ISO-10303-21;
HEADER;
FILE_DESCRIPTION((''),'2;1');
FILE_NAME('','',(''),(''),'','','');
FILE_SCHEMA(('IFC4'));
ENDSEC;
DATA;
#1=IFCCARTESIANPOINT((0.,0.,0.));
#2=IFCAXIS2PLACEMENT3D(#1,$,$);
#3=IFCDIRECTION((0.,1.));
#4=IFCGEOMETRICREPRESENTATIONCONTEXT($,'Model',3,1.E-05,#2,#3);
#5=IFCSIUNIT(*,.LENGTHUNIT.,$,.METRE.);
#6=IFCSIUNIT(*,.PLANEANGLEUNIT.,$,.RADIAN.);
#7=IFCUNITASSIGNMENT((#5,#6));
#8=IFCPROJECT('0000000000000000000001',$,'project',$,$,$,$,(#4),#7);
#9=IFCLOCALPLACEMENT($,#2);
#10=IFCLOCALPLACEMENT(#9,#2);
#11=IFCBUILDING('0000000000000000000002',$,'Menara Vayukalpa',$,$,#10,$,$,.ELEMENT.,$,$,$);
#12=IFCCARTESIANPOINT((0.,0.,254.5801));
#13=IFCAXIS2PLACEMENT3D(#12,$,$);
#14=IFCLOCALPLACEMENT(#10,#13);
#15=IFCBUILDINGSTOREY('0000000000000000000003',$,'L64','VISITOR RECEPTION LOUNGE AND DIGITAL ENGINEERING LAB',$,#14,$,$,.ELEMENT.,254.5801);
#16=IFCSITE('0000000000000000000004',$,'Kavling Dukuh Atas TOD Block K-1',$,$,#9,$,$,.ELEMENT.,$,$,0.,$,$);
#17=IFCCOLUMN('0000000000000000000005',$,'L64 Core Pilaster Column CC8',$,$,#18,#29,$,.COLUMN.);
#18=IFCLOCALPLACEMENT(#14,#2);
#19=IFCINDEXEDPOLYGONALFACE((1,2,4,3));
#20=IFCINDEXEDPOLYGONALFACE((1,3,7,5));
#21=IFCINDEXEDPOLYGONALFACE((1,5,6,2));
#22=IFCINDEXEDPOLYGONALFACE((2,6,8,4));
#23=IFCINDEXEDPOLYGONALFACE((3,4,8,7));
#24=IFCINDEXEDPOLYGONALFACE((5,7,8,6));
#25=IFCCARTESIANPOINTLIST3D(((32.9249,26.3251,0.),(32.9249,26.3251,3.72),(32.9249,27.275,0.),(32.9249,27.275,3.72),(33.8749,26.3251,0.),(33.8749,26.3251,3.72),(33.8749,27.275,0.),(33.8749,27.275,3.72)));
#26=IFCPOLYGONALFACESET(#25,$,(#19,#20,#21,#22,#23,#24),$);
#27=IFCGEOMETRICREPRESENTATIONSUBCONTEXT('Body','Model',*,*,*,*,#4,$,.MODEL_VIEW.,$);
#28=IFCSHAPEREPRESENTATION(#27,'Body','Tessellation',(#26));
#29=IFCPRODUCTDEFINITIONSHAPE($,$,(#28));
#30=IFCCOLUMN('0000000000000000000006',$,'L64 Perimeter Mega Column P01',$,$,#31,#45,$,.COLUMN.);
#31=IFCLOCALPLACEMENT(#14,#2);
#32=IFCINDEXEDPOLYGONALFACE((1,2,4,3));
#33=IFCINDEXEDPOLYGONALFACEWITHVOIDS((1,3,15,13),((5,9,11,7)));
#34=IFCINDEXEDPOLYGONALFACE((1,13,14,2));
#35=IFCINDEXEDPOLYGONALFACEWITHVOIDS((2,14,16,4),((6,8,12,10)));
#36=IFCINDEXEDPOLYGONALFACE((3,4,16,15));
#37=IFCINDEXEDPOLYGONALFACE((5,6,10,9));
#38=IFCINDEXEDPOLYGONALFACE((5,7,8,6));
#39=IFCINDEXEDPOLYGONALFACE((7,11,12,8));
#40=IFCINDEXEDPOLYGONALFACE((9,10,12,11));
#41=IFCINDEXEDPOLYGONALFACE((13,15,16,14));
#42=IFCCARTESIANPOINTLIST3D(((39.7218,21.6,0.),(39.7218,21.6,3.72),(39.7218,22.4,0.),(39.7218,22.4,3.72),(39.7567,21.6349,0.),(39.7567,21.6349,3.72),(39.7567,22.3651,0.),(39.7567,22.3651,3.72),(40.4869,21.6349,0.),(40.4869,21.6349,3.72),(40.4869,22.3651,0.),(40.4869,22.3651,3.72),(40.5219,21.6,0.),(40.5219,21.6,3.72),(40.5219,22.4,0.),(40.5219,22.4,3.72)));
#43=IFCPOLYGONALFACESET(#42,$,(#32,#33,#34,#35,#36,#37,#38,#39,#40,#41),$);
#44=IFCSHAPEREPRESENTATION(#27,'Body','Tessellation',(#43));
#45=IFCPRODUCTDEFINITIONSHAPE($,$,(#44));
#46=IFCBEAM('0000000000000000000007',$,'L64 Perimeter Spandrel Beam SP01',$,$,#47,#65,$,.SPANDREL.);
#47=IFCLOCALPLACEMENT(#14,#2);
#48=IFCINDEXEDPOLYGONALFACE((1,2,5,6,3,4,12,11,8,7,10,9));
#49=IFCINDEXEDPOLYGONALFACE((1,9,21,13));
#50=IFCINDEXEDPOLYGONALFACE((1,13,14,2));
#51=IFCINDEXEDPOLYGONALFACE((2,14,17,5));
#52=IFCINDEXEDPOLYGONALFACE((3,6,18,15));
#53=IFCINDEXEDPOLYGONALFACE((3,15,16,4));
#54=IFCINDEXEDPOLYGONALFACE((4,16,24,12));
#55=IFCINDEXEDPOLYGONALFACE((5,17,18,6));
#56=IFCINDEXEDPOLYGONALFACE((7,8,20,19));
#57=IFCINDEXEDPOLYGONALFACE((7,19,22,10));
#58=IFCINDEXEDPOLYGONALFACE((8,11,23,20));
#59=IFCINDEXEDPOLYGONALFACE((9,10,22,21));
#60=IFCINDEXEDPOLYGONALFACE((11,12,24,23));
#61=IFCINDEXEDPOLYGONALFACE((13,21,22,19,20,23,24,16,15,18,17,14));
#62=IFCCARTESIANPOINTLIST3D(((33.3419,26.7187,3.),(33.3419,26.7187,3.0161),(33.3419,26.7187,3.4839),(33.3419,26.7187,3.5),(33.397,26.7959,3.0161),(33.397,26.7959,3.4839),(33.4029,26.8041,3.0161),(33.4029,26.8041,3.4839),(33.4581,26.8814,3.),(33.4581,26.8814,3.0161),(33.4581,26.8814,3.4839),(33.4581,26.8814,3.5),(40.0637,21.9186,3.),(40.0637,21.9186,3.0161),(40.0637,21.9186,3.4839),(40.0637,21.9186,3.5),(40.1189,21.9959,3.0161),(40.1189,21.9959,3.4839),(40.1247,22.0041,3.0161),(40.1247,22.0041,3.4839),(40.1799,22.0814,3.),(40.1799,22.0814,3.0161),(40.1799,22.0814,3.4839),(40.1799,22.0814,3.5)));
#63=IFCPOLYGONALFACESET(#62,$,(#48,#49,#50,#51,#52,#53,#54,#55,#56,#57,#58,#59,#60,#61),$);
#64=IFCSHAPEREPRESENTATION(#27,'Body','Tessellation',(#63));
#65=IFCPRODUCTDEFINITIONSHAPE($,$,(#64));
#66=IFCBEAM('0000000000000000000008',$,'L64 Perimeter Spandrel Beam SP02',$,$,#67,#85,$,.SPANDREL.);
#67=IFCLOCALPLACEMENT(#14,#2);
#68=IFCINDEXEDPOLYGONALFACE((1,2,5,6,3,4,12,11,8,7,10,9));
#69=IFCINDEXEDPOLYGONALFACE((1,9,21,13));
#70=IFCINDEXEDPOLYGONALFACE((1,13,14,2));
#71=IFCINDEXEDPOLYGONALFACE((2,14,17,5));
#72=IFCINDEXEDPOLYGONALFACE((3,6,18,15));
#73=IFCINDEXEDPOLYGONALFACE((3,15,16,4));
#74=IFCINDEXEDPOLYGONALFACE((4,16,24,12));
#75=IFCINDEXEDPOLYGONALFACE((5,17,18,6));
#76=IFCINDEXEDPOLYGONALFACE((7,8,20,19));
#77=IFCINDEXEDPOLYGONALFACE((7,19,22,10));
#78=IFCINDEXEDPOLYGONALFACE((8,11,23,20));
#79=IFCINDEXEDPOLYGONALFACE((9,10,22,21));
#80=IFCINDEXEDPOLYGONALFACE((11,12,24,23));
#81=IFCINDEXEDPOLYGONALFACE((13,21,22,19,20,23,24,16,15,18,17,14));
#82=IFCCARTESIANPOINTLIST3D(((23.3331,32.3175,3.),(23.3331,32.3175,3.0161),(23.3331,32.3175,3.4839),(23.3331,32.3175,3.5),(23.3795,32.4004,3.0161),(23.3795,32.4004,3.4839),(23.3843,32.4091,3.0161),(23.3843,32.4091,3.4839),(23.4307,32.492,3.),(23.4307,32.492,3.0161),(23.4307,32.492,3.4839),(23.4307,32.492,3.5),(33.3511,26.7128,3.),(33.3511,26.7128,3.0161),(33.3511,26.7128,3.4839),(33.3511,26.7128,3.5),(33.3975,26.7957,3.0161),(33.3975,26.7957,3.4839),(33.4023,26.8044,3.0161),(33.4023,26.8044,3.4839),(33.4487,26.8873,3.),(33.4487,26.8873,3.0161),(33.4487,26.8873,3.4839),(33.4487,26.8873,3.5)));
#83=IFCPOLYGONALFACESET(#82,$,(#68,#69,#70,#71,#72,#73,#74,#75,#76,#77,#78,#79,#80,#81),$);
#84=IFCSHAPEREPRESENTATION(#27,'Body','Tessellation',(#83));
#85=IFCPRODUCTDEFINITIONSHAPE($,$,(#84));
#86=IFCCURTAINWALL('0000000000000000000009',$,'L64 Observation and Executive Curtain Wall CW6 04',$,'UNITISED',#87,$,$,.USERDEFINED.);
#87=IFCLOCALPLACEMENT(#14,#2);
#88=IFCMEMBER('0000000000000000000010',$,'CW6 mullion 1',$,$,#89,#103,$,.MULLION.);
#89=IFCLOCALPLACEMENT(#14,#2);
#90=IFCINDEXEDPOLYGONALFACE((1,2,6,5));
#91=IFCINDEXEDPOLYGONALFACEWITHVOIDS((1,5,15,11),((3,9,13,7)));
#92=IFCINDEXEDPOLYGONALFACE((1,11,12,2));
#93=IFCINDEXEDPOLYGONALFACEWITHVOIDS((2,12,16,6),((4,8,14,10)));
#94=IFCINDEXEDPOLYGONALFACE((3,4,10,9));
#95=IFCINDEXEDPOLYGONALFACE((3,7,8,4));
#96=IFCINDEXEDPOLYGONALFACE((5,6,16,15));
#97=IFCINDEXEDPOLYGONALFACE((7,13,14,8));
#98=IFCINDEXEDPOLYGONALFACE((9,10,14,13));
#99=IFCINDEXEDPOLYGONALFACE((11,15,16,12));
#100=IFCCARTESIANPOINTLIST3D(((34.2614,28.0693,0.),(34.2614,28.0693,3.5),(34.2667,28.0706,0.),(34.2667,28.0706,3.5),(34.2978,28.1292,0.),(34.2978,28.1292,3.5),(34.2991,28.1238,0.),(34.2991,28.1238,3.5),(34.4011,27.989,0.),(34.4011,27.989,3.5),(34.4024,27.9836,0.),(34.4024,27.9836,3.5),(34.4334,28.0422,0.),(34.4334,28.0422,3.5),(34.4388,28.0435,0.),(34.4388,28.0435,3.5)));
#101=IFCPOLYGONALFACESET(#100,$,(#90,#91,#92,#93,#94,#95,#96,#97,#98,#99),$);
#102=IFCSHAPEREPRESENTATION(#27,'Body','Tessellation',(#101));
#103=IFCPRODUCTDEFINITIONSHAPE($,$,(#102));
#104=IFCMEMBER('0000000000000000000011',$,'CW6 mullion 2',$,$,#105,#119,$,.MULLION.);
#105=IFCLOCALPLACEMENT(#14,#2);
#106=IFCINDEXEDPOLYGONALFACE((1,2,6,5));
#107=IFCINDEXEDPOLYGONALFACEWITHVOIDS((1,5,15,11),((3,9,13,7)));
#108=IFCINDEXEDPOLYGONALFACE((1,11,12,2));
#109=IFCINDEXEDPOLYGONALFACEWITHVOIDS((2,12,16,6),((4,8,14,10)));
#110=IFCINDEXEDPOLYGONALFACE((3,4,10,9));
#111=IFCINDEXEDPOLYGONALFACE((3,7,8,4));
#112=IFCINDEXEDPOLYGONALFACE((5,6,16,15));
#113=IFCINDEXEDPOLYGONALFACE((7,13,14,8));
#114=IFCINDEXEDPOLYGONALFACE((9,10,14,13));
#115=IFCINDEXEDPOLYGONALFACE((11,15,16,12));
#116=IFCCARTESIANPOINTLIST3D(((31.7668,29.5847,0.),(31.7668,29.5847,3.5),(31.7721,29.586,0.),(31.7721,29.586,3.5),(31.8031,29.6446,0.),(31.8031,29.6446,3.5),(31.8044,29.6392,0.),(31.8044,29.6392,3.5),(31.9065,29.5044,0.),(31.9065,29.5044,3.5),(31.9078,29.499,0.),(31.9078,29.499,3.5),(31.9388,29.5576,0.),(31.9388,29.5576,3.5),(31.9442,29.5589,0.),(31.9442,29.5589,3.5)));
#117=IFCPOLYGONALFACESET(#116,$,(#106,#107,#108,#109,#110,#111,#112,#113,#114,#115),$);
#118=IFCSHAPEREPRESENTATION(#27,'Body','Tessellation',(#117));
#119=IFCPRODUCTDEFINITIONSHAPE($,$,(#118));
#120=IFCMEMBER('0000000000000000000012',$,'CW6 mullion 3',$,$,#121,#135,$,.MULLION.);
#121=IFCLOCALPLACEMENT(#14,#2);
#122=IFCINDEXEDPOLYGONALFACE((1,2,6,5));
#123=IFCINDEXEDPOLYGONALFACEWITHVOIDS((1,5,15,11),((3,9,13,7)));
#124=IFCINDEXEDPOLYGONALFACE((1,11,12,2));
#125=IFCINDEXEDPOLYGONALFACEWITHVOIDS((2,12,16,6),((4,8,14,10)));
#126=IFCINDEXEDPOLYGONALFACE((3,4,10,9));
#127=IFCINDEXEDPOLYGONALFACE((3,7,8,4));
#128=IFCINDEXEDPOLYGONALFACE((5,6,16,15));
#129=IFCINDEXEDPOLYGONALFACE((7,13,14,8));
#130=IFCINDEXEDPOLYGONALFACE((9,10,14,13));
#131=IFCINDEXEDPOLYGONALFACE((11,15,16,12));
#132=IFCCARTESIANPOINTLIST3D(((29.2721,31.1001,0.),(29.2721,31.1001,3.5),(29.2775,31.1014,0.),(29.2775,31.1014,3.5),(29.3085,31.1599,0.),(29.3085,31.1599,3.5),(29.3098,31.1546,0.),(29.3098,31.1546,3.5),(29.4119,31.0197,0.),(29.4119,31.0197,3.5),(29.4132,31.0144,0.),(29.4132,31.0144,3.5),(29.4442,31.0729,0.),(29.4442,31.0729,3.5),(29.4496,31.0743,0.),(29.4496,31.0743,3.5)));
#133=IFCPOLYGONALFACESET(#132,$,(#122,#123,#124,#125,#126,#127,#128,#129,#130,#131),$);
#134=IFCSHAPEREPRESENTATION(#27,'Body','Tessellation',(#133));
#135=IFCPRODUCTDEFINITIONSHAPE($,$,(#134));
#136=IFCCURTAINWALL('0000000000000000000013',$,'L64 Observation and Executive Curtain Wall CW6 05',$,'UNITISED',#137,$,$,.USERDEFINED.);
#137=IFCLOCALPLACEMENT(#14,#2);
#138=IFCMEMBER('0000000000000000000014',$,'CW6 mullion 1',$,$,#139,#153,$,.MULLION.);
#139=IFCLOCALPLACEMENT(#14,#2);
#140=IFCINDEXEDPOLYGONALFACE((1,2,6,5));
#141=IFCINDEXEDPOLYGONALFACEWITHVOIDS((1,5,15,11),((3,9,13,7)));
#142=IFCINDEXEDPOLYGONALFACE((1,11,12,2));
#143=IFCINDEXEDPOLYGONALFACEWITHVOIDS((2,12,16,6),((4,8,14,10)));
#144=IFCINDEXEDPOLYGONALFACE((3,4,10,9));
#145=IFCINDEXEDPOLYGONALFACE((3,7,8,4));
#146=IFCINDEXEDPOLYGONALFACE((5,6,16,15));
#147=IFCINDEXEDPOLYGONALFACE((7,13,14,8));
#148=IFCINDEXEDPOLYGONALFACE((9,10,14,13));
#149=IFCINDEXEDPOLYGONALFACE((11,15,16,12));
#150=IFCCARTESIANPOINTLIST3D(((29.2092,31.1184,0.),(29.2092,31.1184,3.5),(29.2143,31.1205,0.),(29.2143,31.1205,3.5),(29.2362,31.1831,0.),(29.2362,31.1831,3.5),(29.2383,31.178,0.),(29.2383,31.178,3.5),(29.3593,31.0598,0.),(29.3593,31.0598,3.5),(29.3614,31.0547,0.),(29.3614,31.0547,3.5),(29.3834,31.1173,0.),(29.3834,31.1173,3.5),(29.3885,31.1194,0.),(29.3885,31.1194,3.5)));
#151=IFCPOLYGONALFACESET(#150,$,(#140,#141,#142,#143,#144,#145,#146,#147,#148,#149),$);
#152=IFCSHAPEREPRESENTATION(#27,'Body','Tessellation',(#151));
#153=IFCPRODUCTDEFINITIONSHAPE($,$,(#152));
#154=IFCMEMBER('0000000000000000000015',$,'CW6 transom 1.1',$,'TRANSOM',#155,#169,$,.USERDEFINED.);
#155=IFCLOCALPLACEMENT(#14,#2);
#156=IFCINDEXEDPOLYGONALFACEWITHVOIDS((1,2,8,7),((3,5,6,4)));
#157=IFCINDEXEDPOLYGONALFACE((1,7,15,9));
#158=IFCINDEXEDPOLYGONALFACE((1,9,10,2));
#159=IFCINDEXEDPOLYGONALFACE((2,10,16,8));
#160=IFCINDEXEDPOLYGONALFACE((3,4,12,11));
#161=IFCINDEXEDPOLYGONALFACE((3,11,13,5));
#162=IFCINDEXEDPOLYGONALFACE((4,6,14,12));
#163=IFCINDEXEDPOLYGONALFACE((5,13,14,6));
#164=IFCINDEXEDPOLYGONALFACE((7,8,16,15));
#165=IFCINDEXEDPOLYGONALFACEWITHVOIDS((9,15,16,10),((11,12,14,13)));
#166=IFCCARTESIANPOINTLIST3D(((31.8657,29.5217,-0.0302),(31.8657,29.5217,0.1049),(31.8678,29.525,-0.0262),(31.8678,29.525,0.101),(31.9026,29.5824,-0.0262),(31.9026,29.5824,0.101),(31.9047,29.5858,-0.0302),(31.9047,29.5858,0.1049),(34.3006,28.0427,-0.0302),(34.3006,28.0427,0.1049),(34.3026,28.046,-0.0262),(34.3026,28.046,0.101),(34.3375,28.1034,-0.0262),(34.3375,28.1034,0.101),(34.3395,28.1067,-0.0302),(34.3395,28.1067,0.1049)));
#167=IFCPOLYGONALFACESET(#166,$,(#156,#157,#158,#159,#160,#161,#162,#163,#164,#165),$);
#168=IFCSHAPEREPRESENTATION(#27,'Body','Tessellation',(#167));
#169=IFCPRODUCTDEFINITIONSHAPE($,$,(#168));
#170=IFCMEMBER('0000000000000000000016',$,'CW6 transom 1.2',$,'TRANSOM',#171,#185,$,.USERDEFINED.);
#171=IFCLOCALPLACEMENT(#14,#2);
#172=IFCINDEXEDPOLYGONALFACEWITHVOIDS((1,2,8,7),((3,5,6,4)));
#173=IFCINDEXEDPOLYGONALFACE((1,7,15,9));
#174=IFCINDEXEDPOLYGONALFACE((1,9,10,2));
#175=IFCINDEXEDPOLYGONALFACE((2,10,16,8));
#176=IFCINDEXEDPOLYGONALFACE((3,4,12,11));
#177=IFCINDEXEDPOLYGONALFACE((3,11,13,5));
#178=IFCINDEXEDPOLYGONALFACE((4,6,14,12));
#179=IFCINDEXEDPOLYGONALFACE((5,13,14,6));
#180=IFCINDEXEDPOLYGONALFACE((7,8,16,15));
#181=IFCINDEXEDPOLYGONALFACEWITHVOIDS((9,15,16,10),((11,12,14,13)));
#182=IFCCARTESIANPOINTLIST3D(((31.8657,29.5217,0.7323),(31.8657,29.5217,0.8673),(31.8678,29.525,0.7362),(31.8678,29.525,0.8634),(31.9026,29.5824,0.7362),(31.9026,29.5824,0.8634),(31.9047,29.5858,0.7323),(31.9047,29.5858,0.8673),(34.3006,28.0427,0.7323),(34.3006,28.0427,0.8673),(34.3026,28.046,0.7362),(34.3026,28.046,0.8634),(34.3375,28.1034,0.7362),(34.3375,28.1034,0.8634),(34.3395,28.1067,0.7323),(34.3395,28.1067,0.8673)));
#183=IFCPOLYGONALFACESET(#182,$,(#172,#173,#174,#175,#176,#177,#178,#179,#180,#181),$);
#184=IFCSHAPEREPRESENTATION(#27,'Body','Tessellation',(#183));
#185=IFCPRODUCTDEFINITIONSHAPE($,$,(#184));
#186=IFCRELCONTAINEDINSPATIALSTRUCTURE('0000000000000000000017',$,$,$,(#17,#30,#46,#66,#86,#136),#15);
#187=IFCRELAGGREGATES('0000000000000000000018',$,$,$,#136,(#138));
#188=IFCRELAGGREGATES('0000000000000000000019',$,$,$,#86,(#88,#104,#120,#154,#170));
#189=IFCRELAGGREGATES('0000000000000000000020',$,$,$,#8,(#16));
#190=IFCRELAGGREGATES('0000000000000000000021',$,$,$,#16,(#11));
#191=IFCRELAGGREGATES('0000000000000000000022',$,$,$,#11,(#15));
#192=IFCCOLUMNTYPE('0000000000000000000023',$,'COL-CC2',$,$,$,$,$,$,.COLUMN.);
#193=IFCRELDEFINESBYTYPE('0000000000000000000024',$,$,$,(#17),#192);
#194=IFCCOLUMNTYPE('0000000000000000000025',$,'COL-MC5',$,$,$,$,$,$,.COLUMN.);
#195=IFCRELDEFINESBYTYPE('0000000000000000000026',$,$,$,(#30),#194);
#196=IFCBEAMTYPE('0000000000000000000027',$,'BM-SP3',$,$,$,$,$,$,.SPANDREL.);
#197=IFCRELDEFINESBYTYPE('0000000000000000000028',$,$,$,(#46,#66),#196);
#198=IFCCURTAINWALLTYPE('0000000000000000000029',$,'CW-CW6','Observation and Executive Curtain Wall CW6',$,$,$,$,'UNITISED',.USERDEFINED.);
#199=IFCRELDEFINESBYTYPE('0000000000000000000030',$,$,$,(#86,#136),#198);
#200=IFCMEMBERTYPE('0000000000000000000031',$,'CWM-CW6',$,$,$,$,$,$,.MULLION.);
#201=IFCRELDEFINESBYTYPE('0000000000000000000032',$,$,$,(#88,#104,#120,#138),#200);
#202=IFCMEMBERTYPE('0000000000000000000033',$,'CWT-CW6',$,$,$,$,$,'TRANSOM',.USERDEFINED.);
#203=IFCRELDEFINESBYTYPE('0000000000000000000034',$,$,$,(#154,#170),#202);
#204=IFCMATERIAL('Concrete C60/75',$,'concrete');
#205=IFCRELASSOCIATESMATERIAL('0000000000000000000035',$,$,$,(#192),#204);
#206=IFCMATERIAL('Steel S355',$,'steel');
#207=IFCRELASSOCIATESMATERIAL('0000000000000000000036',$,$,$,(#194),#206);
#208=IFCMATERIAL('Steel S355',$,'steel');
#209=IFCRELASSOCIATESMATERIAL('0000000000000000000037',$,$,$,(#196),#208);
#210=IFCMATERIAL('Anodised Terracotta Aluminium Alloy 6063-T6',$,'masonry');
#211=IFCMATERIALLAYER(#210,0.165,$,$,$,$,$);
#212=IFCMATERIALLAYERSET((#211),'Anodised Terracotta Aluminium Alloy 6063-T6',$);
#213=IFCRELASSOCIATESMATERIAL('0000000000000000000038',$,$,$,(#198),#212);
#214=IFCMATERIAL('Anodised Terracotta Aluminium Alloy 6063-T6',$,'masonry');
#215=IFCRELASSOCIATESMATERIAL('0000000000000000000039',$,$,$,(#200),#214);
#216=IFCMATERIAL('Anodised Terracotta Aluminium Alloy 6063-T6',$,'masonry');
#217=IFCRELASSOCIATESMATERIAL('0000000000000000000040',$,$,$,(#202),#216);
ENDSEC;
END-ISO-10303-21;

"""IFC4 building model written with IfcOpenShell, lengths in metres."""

from ifc_helpers import new_model, si_unit, direction, frame, origin, origin_2d, place, context, subcontext, project, spatial, rectangle, hollow_rectangle, i_section, extrude, material, layer, layer_set, material_profile, profile_set, type_object, element, aggregate, save


model = new_model("IFC4")

# Units and contexts
model_context = context("Model", 3, precision=1e-05, world=origin(), true_north=direction((0.0, 1.0)))
body_context = subcontext(model_context, "Body", "Model", "MODEL_VIEW")
ifc_project = project(units=[si_unit("LENGTHUNIT", "METRE"), si_unit("PLANEANGLEUNIT", "RADIAN")], contexts=[model_context])

# Site, building, storey
site_placement = place(None, origin())
site = spatial("IfcSite", under=ifc_project, at=site_placement, Name="Kavling Dukuh Atas TOD Block K-1", CompositionType="ELEMENT", RefElevation=0.0)
building_placement = place(site_placement, origin())
building = spatial("IfcBuilding", under=site, at=building_placement, Name="Menara Vayukalpa", CompositionType="ELEMENT")
storey_placement = place(building_placement, frame((0.0, 0.0, 254.5801)))
storey = spatial("IfcBuildingStorey", under=building, at=storey_placement, Name="L64", Description="VISITOR RECEPTION LOUNGE AND DIGITAL ENGINEERING LAB", CompositionType="ELEMENT", Elevation=254.5801)

# Columns
ifc_material_1 = material(Name="Concrete C60/75", Category="concrete")
ifc_material_profile_1 = material_profile(ifc_material_1, rectangle(XDim=0.95, YDim=0.95, at=origin_2d()), Name="RC 950x950")
ifc_profile_set_1 = profile_set([ifc_material_profile_1], Name="Concrete C60/75")
column_type_1 = type_object("IfcColumnType", Name="COL-CC2", PredefinedType="COLUMN", material=ifc_profile_set_1)
column_1_placement = place(storey_placement, frame((33.3999, 26.8, 0.0), z_axis=(0.0, 0.0, 1.0), x_axis=(1.0, 0.0, 0.0)))
element("IfcColumn", 1, at=column_1_placement, inside=storey, type_object=column_type_1, Name="L64 Core Pilaster Column CC8", PredefinedType="COLUMN", context=body_context, shape_type="SweptSolid", body=[
    extrude(rectangle(XDim=0.95, YDim=0.95, at=origin_2d()), origin(), (0.0, 0.0, 1.0), 3.72),
])
ifc_material_2 = material(Name="Steel S355", Category="steel")
ifc_material_profile_2 = material_profile(ifc_material_2, hollow_rectangle(XDim=0.8, YDim=0.8, WallThickness=0.0349, at=origin_2d()), Name="BOX 800x800x35")
ifc_profile_set_2 = profile_set([ifc_material_profile_2], Name="Steel S355")
column_type_2 = type_object("IfcColumnType", Name="COL-MC5", PredefinedType="COLUMN", material=ifc_profile_set_2)
column_2_placement = place(storey_placement, frame((40.1218, 22.0, 0.0), z_axis=(0.0, 0.0, 1.0), x_axis=(1.0, 0.0, 0.0)))
element("IfcColumn", 2, at=column_2_placement, inside=storey, type_object=column_type_2, Name="L64 Perimeter Mega Column P01", PredefinedType="COLUMN", context=body_context, shape_type="SweptSolid", body=[
    extrude(hollow_rectangle(XDim=0.8, YDim=0.8, WallThickness=0.0349, at=origin_2d()), origin(), (0.0, 0.0, 1.0), 3.72),
])

# Beams
ifc_material_3 = material(Name="Steel S355", Category="steel")
ifc_material_profile_3 = material_profile(ifc_material_3, i_section(OverallWidth=0.2, OverallDepth=0.5, WebThickness=0.01, FlangeThickness=0.0161, at=origin_2d()), Name="WF 500x200x10x16")
ifc_profile_set_3 = profile_set([ifc_material_profile_3], Name="Steel S355")
beam_type = type_object("IfcBeamType", Name="BM-SP3", PredefinedType="SPANDREL", material=ifc_profile_set_3)
beam_1_placement = place(storey_placement, frame((40.1218, 22.0, 3.25), z_axis=(-0.813809, 0.581132, 0.0), x_axis=(-0.581132, -0.813809, 0.0)))
element("IfcBeam", 3, at=beam_1_placement, inside=storey, type_object=beam_type, Name="L64 Perimeter Spandrel Beam SP01", PredefinedType="SPANDREL", context=body_context, shape_type="SweptSolid", body=[
    extrude(i_section(OverallWidth=0.2, OverallDepth=0.5, WebThickness=0.01, FlangeThickness=0.0161, at=origin_2d()), origin(), (0.0, 0.0, 1.0), 8.2598),
])
beam_2_placement = place(storey_placement, frame((33.3999, 26.8, 3.25), z_axis=(-0.872706, 0.488246, 0.0), x_axis=(-0.488246, -0.872706, 0.0)))
element("IfcBeam", 4, at=beam_2_placement, inside=storey, type_object=beam_type, Name="L64 Perimeter Spandrel Beam SP02", PredefinedType="SPANDREL", context=body_context, shape_type="SweptSolid", body=[
    extrude(i_section(OverallWidth=0.2, OverallDepth=0.5, WebThickness=0.01, FlangeThickness=0.0161, at=origin_2d()), origin(), (0.0, 0.0, 1.0), 11.4792),
])

# Curtain wall, members
ifc_material_4 = material(Name="Anodised Terracotta Aluminium Alloy 6063-T6", Category="masonry")
ifc_layer_1 = layer(ifc_material_4, 0.165)
ifc_layer_set_1 = layer_set([ifc_layer_1], Name="Anodised Terracotta Aluminium Alloy 6063-T6")
curtain_wall_type = type_object("IfcCurtainWallType", Name="CW-CW6", Description="Observation and Executive Curtain Wall CW6", ElementType="UNITISED", PredefinedType="USERDEFINED", material=ifc_layer_set_1)
curtain_wall_1_placement = place(storey_placement, origin())
curtain_wall_1 = element("IfcCurtainWall", 5, at=curtain_wall_1_placement, inside=storey, type_object=curtain_wall_type, Name="L64 Observation and Executive Curtain Wall CW6 04", ObjectType="UNITISED", PredefinedType="USERDEFINED")
ifc_material_5 = material(Name="Anodised Terracotta Aluminium Alloy 6063-T6", Category="masonry")
ifc_material_profile_4 = material_profile(ifc_material_5, hollow_rectangle(XDim=0.0701, YDim=0.165, WallThickness=0.0039, at=origin_2d()), Name="ALU 70x165x4")
ifc_profile_set_4 = profile_set([ifc_material_profile_4], Name="Anodised Terracotta Aluminium Alloy 6063-T6")
member_type_1 = type_object("IfcMemberType", Name="CWM-CW6", PredefinedType="MULLION", material=ifc_profile_set_4)
member_1_placement = place(storey_placement, frame((34.3501, 28.0564, 0.0), z_axis=(0.0, 0.0, 1.0), x_axis=(-0.519176, -0.854668, 0.0)))
member_1 = element("IfcMember", 6, at=member_1_placement, type_object=member_type_1, Name="CW6 mullion 1", PredefinedType="MULLION", context=body_context, shape_type="SweptSolid", body=[
    extrude(hollow_rectangle(XDim=0.0701, YDim=0.165, WallThickness=0.0039, at=origin_2d()), origin(), (0.0, 0.0, 1.0), 3.5),
])
member_2_placement = place(storey_placement, frame((31.8555, 29.5718, 0.0), z_axis=(0.0, 0.0, 1.0), x_axis=(-0.519176, -0.854668, 0.0)))
member_2 = element("IfcMember", 7, at=member_2_placement, type_object=member_type_1, Name="CW6 mullion 2", PredefinedType="MULLION", context=body_context, shape_type="SweptSolid", body=[
    extrude(hollow_rectangle(XDim=0.0701, YDim=0.165, WallThickness=0.0039, at=origin_2d()), origin(), (0.0, 0.0, 1.0), 3.5),
])
member_3_placement = place(storey_placement, frame((29.3608, 31.0872, 0.0), z_axis=(0.0, 0.0, 1.0), x_axis=(-0.519176, -0.854668, 0.0)))
member_3 = element("IfcMember", 8, at=member_3_placement, type_object=member_type_1, Name="CW6 mullion 3", PredefinedType="MULLION", context=body_context, shape_type="SweptSolid", body=[
    extrude(hollow_rectangle(XDim=0.0701, YDim=0.165, WallThickness=0.0039, at=origin_2d()), origin(), (0.0, 0.0, 1.0), 3.5),
])

# Curtain wall, member
curtain_wall_2_placement = place(storey_placement, origin())
curtain_wall_2 = element("IfcCurtainWall", 9, at=curtain_wall_2_placement, inside=storey, type_object=curtain_wall_type, Name="L64 Observation and Executive Curtain Wall CW6 05", ObjectType="UNITISED", PredefinedType="USERDEFINED")
member_4_placement = place(storey_placement, frame((29.2988, 31.1189, 0.0), z_axis=(0.0, 0.0, 1.0), x_axis=(-0.3859, -0.922541, 0.0)))
member_4 = element("IfcMember", 10, at=member_4_placement, type_object=member_type_1, Name="CW6 mullion 1", PredefinedType="MULLION", context=body_context, shape_type="SweptSolid", body=[
    extrude(hollow_rectangle(XDim=0.0701, YDim=0.165, WallThickness=0.0039, at=origin_2d()), origin(), (0.0, 0.0, 1.0), 3.5),
])
aggregate(curtain_wall_2, [member_4])

# Members
ifc_material_6 = material(Name="Anodised Terracotta Aluminium Alloy 6063-T6", Category="masonry")
ifc_material_profile_5 = material_profile(ifc_material_6, hollow_rectangle(XDim=0.075, YDim=0.135, WallThickness=0.0039, at=origin_2d()), Name="ALU 75x135x4")
ifc_profile_set_5 = profile_set([ifc_material_profile_5], Name="Anodised Terracotta Aluminium Alloy 6063-T6")
member_type_2 = type_object("IfcMemberType", Name="CWT-CW6", ElementType="TRANSOM", PredefinedType="USERDEFINED", material=ifc_profile_set_5)
member_5_placement = place(storey_placement, frame((34.3201, 28.0747, 0.0374), z_axis=(-0.854675, 0.519164, 0.0), x_axis=(-0.519164, -0.854675, 0.0)))
member_5 = element("IfcMember", 11, at=member_5_placement, type_object=member_type_2, Name="CW6 transom 1.1", ObjectType="TRANSOM", PredefinedType="USERDEFINED", context=body_context, shape_type="SweptSolid", body=[
    extrude(hollow_rectangle(XDim=0.075, YDim=0.135, WallThickness=0.0039, at=origin_2d()), origin(), (0.0, 0.0, 1.0), 2.8489),
])
member_6_placement = place(storey_placement, frame((34.3201, 28.0747, 0.7998), z_axis=(-0.854675, 0.519164, 0.0), x_axis=(-0.519164, -0.854675, 0.0)))
member_6 = element("IfcMember", 12, at=member_6_placement, type_object=member_type_2, Name="CW6 transom 1.2", ObjectType="TRANSOM", PredefinedType="USERDEFINED", context=body_context, shape_type="SweptSolid", body=[
    extrude(hollow_rectangle(XDim=0.075, YDim=0.135, WallThickness=0.0039, at=origin_2d()), origin(), (0.0, 0.0, 1.0), 2.8489),
])

aggregate(curtain_wall_1, [member_1, member_2, member_3, member_5, member_6])

save(model, "model.ifc")
